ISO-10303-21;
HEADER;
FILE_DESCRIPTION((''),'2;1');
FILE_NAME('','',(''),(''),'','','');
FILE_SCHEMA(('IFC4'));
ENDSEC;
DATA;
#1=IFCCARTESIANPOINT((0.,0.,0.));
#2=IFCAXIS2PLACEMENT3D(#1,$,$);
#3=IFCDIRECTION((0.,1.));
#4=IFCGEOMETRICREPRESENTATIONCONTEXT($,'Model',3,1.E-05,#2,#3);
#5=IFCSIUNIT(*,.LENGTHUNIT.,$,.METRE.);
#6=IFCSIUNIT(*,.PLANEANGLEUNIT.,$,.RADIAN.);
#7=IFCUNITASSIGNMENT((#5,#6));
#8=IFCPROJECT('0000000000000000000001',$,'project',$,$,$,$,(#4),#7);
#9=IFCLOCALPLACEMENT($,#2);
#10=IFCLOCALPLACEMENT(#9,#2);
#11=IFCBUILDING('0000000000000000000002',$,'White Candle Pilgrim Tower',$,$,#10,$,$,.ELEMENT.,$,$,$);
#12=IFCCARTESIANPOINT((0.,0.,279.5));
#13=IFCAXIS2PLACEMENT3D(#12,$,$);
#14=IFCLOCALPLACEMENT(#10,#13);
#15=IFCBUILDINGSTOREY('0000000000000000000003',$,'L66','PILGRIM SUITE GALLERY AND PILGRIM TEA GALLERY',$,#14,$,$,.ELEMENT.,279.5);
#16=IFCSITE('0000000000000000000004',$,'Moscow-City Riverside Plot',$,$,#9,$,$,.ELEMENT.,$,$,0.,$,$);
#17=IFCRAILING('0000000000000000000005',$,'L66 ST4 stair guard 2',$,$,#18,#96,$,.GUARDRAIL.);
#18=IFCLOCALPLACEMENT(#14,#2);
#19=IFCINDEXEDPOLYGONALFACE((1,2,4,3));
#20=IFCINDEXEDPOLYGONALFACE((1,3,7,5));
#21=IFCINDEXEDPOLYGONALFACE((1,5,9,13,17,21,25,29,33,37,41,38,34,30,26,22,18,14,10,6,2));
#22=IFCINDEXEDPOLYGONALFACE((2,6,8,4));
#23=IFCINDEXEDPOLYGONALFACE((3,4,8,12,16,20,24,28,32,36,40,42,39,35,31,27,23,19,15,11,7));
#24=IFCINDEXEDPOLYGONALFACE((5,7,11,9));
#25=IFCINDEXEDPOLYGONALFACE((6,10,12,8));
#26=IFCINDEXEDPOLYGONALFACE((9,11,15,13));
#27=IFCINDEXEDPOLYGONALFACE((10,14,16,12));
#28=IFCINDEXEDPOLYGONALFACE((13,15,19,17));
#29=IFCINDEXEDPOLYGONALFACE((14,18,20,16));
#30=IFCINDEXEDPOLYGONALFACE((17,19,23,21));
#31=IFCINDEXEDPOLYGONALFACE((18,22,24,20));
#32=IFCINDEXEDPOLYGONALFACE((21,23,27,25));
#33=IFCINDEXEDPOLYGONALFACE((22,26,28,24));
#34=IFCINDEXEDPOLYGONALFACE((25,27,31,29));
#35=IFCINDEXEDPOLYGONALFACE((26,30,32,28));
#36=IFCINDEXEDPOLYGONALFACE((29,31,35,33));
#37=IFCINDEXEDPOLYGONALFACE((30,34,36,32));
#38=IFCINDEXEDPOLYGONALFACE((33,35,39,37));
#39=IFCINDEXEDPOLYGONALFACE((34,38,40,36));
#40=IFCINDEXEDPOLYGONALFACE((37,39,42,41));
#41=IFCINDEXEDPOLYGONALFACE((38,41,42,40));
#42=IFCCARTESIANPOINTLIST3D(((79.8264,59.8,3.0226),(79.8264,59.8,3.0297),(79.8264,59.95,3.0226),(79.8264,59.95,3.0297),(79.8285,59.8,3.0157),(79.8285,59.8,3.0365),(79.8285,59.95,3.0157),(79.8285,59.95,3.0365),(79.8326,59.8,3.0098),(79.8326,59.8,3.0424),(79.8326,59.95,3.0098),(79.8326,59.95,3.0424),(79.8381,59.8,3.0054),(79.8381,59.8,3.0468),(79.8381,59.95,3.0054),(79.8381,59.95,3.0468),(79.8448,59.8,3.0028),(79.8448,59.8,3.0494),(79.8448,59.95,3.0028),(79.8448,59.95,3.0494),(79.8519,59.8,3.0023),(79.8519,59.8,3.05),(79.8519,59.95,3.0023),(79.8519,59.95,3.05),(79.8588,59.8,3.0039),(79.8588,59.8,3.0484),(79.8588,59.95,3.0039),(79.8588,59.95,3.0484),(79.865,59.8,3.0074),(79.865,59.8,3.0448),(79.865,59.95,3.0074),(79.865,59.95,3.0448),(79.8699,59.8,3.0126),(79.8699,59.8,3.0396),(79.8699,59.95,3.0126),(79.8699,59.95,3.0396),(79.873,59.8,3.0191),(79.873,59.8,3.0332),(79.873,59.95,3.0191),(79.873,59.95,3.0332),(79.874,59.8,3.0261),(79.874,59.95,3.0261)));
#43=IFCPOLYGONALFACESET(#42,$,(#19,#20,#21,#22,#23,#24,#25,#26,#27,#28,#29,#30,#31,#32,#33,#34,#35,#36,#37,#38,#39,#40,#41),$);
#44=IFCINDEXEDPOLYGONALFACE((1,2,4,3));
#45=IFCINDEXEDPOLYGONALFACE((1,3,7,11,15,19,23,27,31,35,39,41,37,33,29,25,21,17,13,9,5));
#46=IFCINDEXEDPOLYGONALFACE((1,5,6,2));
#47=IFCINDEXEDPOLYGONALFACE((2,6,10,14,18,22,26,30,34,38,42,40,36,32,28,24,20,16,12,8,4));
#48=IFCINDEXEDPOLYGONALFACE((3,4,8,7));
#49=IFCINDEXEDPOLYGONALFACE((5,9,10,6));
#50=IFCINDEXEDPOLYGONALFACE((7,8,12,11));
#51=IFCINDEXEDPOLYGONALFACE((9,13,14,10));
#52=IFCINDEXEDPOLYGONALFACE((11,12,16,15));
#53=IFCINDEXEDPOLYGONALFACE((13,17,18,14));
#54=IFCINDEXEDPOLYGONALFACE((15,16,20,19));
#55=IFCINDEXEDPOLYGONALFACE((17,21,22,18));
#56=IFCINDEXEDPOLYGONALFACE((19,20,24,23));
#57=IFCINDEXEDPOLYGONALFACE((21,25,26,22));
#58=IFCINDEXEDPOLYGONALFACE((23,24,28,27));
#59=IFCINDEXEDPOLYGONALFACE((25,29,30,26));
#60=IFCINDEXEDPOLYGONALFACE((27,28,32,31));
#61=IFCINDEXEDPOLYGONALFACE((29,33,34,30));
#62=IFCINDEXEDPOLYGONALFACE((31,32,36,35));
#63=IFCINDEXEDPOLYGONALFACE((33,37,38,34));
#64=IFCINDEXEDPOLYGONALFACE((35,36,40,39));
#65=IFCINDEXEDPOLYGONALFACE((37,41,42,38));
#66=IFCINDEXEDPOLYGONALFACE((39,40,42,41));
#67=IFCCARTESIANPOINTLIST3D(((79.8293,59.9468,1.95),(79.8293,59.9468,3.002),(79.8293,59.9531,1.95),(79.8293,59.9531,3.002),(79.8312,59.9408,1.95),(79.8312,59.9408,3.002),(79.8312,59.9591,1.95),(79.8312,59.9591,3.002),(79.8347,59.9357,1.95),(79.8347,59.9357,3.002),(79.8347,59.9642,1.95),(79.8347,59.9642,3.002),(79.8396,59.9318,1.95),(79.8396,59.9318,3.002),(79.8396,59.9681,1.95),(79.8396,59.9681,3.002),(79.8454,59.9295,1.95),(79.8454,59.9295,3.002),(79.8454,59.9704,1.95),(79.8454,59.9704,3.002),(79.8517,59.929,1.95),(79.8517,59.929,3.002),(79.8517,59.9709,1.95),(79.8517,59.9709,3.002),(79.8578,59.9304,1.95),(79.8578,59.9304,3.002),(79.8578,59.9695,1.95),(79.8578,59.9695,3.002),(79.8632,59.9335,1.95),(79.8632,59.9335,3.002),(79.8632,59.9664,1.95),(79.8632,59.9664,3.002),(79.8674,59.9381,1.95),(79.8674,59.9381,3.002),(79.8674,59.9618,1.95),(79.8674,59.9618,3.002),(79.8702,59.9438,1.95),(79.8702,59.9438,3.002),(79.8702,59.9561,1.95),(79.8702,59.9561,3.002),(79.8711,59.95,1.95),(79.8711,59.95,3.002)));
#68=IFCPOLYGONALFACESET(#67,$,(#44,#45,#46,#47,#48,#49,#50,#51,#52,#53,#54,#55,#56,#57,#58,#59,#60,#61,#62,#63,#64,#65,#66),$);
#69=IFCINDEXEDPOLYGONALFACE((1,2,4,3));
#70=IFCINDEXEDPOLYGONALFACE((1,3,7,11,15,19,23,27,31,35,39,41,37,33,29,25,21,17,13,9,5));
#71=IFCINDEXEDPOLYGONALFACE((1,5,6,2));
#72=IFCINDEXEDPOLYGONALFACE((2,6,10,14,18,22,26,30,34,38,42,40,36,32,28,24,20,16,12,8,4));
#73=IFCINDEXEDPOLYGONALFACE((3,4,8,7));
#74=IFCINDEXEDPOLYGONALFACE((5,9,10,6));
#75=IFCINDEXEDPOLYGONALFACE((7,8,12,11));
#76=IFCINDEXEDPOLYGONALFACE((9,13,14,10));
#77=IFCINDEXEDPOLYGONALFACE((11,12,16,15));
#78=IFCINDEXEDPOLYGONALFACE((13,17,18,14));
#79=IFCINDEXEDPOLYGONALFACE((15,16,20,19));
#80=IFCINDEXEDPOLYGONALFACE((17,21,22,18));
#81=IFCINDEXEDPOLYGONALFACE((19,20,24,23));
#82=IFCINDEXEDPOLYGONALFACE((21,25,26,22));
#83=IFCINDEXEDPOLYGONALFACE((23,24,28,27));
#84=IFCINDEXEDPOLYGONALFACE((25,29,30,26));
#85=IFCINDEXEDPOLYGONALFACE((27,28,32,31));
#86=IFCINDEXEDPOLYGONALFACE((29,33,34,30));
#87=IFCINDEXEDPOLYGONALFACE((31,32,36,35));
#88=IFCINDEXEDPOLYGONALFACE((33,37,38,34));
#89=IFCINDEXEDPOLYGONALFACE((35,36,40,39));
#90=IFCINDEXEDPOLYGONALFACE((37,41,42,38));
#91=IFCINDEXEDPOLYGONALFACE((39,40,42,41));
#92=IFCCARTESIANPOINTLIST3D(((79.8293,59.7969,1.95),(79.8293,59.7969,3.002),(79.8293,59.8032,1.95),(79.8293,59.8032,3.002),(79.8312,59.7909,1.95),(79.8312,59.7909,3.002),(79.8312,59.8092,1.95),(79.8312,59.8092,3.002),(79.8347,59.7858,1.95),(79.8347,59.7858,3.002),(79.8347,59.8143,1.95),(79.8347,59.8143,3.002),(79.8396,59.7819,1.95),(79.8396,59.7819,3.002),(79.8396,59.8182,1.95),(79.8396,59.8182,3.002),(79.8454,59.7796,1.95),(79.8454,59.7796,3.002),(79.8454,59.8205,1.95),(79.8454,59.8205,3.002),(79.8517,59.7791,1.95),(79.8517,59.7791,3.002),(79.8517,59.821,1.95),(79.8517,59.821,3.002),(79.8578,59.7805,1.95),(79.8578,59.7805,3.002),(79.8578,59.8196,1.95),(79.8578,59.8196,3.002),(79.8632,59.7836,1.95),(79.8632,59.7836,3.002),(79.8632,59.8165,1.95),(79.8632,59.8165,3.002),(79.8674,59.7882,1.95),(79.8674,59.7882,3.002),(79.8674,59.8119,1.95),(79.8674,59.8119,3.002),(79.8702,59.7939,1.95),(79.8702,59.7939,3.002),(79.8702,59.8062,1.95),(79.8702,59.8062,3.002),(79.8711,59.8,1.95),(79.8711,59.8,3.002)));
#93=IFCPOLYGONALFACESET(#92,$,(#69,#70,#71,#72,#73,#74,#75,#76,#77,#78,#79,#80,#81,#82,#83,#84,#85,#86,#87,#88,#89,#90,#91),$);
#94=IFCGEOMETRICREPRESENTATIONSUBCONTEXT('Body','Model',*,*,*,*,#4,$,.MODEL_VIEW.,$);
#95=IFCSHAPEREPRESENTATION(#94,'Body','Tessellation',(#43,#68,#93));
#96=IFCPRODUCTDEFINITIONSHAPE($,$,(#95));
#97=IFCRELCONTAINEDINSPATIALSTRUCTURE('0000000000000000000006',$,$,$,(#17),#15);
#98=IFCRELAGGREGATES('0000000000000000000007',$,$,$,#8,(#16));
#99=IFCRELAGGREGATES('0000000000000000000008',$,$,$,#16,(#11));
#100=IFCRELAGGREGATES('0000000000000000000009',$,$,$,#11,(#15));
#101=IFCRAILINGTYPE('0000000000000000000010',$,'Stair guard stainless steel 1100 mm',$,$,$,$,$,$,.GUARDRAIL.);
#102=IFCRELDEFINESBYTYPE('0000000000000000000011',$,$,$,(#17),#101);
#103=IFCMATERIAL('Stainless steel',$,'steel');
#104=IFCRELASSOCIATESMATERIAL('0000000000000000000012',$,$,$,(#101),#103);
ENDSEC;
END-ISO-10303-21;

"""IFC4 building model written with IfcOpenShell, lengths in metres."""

from ifc_helpers import new_model, si_unit, direction, frame, origin, origin_2d, place, context, subcontext, project, spatial, circle, extrude, material, type_object, element, save


model = new_model("IFC4")

# Units and contexts
model_context = context("Model", 3, precision=1e-05, world=origin(), true_north=direction((0.0, 1.0)))
body_context = subcontext(model_context, "Body", "Model", "MODEL_VIEW")
ifc_project = project(units=[si_unit("LENGTHUNIT", "METRE"), si_unit("PLANEANGLEUNIT", "RADIAN")], contexts=[model_context])

# Site, building, storey
site_placement = place(None, origin())
site = spatial("IfcSite", under=ifc_project, at=site_placement, Name="Moscow-City Riverside Plot", CompositionType="ELEMENT", RefElevation=0.0)
building_placement = place(site_placement, origin())
building = spatial("IfcBuilding", under=site, at=building_placement, Name="White Candle Pilgrim Tower", CompositionType="ELEMENT")
storey_placement = place(building_placement, frame((0.0, 0.0, 279.5)))
storey = spatial("IfcBuildingStorey", under=building, at=storey_placement, Name="L66", Description="PILGRIM SUITE GALLERY AND PILGRIM TEA GALLERY", CompositionType="ELEMENT", Elevation=279.5)

# Railing
ifc_material_1 = material(Name="Stainless steel", Category="steel")
railing_type_1 = type_object("IfcRailingType", Name="Stair guard stainless steel 1100 mm", PredefinedType="GUARDRAIL", material=ifc_material_1)
railing_1_placement = place(storey_placement, frame((79.8501, 59.95, 1.95)))
element("IfcRailing", 1, at=railing_1_placement, inside=storey, type_object=railing_type_1, Name="L66 ST4 stair guard 2", PredefinedType="GUARDRAIL", context=body_context, shape_type="SweptSolid", body=[
    extrude(circle(Radius=0.0239, at=origin_2d()), frame((0.0, 0.0, 1.0762), z_axis=(0.0, -1.0, 0.0), x_axis=(1.0, 0.0, 0.0)), (0.0, 0.0, 1.0), 0.1499),
    extrude(circle(Radius=0.021, at=origin_2d()), origin(), (0.0, 0.0, 1.0), 1.052),
    extrude(circle(Radius=0.021, at=origin_2d()), frame((0.0, -0.1499, 0.0)), (0.0, 0.0, 1.0), 1.052),
])

save(model, "model.ifc")
